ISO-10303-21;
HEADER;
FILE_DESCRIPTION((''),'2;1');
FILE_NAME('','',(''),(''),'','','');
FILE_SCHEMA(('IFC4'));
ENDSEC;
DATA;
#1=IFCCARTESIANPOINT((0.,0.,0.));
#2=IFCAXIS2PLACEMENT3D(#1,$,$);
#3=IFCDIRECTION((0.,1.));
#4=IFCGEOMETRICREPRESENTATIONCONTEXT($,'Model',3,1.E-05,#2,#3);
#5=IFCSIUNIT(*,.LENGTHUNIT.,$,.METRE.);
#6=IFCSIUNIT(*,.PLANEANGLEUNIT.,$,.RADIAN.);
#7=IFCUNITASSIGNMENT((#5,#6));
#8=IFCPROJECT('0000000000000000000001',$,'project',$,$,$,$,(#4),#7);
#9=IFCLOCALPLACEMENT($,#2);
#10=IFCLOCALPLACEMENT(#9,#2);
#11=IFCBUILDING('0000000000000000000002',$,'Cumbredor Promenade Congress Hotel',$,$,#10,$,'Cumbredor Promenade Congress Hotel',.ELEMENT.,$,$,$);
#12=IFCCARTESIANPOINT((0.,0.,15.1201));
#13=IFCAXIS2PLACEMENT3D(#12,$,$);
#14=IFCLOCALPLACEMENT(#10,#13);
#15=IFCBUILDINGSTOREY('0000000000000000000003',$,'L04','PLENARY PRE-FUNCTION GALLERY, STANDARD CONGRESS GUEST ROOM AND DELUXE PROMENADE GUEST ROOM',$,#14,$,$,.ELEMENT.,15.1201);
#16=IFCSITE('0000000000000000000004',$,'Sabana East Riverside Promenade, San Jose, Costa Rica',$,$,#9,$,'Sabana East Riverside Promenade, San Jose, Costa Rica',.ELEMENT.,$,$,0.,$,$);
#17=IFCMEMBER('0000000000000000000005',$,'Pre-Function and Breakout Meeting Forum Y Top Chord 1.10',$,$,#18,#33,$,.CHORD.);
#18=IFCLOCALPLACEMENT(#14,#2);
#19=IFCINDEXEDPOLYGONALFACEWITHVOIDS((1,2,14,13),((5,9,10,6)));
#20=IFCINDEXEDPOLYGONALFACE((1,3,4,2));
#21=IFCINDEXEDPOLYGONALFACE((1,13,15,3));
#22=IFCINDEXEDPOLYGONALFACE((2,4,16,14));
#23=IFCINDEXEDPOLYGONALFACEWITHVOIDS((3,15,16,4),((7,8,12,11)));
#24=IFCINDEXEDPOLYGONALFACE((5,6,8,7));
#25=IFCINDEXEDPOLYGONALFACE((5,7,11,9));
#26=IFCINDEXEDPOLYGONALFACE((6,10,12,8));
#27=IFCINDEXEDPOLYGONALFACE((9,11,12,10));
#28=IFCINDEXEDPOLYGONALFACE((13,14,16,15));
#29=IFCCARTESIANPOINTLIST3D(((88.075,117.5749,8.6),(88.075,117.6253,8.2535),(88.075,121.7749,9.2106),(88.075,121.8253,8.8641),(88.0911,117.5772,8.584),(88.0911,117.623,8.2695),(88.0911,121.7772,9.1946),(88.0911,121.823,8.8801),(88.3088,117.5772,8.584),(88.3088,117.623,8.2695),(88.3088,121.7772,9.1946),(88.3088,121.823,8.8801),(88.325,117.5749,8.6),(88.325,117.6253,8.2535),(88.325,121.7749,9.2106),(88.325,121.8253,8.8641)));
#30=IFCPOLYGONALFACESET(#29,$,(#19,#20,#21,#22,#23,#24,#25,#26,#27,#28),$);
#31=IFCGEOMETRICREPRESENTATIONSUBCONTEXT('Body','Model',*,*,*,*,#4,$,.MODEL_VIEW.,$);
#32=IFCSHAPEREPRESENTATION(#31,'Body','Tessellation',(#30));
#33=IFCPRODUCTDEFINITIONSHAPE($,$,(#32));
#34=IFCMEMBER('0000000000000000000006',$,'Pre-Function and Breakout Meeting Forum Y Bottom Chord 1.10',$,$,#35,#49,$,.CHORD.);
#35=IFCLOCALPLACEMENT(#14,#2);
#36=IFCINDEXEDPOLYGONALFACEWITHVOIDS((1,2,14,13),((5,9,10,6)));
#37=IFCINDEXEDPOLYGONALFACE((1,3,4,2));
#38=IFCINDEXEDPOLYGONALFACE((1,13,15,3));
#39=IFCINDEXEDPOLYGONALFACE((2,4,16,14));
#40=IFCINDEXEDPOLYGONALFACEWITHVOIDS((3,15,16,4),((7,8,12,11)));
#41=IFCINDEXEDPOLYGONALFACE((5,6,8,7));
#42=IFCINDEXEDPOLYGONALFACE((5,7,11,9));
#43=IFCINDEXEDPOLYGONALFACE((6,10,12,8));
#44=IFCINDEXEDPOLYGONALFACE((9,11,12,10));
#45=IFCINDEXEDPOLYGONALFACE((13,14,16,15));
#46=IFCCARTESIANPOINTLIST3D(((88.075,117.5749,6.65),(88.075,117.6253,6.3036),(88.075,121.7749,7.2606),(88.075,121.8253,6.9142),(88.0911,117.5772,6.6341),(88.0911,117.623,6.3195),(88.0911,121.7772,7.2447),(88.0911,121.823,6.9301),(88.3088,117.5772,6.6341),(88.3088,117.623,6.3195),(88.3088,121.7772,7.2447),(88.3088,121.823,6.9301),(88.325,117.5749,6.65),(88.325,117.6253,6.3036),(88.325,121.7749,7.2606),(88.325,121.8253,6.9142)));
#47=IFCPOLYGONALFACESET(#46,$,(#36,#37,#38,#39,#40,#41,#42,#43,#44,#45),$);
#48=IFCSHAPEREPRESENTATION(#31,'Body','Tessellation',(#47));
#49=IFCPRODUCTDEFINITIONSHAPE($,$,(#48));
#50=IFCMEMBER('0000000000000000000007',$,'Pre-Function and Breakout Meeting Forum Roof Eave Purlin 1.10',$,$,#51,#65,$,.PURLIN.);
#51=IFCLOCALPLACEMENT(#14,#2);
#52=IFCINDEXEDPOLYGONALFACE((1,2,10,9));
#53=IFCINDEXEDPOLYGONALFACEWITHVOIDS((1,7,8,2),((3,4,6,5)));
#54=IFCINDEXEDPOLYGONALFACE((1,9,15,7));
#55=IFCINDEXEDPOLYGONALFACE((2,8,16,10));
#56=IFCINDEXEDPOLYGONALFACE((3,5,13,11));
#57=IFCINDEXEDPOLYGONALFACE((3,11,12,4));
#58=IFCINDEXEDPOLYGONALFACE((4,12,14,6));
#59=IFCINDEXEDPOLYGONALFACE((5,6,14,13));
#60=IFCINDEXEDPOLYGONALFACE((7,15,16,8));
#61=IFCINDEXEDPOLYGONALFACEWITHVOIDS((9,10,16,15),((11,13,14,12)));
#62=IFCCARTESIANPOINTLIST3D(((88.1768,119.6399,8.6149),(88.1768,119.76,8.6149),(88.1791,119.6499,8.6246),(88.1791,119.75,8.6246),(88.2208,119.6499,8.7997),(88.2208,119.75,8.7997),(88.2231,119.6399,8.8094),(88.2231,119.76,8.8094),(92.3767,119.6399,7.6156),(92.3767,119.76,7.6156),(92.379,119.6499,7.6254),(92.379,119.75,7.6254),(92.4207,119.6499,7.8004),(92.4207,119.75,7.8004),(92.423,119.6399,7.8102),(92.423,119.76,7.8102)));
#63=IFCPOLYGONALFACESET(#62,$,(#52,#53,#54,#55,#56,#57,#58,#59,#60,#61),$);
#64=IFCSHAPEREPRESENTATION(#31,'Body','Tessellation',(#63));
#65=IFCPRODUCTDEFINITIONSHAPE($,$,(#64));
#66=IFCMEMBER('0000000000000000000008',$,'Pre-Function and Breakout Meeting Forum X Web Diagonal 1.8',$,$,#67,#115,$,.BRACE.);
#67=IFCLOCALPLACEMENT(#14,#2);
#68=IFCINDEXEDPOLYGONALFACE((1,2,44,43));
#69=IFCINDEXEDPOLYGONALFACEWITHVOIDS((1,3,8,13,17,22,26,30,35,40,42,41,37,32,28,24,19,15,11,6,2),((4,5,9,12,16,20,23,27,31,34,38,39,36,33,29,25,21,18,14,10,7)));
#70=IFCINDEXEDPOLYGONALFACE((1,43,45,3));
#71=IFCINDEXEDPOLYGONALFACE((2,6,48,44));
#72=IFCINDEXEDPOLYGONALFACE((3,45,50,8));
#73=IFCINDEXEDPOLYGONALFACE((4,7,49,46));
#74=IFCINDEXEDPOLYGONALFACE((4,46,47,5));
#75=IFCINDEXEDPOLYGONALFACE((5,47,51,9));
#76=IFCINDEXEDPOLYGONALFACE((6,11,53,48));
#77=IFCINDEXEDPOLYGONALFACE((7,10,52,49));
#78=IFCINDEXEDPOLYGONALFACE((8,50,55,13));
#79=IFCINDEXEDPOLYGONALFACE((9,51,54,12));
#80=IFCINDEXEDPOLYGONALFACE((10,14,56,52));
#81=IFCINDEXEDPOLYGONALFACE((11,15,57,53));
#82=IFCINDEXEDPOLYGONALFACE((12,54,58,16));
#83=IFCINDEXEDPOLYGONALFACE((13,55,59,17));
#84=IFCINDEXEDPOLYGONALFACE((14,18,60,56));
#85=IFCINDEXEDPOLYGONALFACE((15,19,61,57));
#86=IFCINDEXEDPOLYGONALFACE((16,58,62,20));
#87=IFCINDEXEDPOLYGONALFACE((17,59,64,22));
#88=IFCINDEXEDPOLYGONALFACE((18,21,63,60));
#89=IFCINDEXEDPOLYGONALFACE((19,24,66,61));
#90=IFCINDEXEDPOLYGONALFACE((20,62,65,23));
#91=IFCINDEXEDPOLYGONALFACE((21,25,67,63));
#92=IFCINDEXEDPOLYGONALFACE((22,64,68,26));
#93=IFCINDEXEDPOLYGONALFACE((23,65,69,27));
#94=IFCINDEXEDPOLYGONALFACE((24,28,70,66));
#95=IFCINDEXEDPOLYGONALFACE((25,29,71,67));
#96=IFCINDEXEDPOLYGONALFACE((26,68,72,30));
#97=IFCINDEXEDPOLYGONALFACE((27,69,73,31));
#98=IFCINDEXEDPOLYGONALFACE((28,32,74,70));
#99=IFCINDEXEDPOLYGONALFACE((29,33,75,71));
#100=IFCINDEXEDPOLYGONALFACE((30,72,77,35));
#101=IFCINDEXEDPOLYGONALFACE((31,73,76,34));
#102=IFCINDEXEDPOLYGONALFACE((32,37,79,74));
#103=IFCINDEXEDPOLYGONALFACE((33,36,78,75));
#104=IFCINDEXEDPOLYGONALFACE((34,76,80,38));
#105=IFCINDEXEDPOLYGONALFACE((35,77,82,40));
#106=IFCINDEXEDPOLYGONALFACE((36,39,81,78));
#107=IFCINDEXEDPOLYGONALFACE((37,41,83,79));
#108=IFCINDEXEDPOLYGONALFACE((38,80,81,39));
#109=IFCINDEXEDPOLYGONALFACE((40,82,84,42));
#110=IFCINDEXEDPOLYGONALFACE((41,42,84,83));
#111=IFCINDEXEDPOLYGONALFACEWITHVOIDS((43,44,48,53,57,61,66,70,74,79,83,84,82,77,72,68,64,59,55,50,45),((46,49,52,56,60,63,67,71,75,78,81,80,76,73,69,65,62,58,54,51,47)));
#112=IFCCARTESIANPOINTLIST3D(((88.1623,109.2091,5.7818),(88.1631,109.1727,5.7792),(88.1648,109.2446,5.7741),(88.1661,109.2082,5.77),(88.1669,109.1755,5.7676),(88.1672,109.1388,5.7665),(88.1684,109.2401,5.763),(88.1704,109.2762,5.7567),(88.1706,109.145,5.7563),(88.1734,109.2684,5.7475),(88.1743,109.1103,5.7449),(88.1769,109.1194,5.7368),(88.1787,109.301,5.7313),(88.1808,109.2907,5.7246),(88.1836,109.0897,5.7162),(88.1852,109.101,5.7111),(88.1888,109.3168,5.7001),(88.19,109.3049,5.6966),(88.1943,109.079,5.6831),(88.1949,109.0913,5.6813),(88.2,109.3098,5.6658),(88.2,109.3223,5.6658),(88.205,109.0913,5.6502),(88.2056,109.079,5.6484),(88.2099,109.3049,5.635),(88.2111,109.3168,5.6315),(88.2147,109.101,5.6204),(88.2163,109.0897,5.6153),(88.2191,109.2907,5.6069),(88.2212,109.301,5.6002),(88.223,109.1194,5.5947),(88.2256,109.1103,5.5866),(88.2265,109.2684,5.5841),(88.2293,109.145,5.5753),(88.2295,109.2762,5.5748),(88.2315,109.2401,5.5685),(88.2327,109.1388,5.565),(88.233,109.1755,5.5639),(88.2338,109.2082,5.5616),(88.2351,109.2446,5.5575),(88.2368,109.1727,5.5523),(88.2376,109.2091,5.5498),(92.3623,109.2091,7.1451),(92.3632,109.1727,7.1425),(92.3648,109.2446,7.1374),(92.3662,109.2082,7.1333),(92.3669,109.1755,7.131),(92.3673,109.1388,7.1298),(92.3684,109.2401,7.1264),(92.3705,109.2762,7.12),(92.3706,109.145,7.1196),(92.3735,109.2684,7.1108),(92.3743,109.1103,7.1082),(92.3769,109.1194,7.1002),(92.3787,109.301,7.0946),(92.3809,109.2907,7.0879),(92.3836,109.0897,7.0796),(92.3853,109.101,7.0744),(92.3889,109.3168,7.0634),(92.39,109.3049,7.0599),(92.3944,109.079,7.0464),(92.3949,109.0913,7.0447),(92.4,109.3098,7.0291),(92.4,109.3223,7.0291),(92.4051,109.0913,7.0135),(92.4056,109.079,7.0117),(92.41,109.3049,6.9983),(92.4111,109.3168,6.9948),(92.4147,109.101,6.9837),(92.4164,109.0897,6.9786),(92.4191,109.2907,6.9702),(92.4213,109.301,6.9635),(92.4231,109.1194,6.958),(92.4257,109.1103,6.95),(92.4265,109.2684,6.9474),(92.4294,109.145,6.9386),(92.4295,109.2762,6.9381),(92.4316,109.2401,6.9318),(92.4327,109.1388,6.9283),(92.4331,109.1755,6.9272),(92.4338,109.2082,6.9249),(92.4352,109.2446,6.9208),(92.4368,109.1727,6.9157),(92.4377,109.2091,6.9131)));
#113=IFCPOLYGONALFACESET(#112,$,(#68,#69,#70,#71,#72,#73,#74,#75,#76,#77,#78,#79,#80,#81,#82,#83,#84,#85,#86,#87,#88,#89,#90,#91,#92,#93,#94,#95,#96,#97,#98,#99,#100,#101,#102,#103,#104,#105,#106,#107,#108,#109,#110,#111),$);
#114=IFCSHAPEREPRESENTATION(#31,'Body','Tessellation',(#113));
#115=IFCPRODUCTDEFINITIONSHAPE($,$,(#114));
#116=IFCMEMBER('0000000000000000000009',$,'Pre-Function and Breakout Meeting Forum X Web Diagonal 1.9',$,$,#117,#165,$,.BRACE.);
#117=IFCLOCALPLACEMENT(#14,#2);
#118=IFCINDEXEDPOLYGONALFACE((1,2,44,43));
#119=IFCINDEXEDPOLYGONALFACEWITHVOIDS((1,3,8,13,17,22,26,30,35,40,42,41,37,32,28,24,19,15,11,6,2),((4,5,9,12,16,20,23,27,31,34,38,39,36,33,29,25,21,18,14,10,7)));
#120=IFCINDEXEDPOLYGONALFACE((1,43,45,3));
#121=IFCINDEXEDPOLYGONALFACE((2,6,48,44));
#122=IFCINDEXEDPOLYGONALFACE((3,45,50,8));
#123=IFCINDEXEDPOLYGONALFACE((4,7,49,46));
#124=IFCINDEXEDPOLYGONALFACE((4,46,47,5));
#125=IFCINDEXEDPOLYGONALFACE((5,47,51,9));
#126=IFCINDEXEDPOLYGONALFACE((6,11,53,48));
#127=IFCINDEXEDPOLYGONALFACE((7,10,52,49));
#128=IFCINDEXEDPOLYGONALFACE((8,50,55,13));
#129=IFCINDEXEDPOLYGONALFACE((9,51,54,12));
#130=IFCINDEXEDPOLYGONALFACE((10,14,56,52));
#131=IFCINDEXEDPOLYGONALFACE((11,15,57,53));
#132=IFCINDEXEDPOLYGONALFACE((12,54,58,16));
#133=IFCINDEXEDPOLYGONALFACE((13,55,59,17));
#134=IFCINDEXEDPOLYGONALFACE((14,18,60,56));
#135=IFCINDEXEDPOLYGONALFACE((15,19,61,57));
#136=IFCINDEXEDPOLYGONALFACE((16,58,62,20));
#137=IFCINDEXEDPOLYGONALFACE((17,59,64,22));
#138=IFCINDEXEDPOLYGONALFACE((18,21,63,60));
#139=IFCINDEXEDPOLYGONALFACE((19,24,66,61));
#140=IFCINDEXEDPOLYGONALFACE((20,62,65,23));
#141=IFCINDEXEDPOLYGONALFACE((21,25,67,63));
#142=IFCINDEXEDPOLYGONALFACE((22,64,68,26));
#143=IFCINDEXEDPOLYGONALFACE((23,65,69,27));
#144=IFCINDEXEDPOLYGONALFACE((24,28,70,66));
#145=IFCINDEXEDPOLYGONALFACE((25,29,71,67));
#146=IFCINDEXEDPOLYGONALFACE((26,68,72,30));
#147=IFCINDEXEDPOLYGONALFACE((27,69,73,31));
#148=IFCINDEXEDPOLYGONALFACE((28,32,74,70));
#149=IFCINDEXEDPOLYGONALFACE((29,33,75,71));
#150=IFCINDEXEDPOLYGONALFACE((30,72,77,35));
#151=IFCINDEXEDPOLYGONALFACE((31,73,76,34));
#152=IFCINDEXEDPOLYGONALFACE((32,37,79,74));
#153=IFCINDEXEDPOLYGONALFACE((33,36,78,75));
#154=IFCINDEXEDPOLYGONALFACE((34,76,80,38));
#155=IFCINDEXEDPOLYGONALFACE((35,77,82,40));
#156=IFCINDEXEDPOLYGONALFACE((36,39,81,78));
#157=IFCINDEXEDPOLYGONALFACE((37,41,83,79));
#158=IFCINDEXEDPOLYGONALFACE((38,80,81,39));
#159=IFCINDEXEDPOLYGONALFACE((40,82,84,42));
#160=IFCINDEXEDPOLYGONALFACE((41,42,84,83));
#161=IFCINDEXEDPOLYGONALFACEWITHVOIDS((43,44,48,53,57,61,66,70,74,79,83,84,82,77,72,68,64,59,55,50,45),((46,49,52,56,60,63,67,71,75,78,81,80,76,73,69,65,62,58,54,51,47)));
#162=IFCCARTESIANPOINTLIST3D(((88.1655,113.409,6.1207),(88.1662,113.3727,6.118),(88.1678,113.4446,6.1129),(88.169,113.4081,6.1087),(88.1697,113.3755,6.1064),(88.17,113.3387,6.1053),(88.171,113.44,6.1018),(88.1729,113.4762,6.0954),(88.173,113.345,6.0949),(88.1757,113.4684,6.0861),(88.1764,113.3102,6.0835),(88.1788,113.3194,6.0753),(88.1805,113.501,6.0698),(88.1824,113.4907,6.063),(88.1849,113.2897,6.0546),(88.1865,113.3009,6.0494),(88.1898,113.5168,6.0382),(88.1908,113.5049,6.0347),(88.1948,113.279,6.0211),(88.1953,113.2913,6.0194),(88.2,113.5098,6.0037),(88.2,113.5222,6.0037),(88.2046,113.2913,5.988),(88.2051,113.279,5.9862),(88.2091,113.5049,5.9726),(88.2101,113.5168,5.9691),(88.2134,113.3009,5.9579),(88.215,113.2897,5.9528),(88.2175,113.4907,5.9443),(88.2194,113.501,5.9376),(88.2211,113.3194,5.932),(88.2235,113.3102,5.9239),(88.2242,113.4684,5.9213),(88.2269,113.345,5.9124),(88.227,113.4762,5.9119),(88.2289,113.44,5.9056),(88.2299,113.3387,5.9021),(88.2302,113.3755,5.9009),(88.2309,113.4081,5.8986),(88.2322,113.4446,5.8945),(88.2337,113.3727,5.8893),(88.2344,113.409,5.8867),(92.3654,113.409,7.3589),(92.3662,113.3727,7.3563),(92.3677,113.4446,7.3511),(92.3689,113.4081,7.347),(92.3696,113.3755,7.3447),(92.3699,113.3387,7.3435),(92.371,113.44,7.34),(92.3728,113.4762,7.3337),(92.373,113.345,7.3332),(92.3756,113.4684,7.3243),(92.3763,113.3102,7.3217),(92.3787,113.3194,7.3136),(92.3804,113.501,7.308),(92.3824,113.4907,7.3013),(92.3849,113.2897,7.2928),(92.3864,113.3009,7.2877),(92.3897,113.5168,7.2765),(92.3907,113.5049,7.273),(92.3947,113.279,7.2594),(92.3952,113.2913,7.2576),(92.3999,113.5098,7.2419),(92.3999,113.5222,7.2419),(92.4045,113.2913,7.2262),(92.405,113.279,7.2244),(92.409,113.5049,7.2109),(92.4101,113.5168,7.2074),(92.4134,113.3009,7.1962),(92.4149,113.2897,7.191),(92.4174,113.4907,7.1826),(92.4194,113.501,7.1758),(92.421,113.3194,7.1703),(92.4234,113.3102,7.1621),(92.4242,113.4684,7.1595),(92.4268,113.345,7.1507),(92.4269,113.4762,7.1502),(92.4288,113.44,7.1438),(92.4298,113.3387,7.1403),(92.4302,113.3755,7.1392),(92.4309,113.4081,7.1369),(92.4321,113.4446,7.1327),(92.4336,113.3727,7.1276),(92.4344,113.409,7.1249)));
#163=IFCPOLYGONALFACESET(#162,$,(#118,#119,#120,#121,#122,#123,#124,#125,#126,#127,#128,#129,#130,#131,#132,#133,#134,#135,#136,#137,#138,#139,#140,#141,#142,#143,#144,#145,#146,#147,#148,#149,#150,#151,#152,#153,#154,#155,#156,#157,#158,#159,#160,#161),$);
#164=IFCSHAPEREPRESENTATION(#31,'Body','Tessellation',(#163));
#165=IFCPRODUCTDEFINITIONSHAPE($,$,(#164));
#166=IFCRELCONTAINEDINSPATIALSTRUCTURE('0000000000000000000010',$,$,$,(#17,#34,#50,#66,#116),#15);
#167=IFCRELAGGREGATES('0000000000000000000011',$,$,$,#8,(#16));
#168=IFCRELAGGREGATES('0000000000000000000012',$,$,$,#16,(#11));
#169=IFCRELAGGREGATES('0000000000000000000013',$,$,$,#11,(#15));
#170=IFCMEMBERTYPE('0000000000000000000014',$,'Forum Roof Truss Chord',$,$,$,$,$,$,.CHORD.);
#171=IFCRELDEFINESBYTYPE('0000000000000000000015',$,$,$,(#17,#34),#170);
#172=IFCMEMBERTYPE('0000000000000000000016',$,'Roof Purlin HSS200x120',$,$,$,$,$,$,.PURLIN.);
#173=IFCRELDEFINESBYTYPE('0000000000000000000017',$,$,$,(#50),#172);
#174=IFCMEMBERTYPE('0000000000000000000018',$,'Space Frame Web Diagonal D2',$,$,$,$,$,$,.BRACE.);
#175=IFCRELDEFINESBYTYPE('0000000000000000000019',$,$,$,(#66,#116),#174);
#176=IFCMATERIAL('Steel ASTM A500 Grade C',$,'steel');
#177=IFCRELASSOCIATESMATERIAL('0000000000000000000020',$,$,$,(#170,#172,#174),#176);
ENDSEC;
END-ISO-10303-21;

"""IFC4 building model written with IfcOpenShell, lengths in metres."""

from ifc_helpers import new_model, si_unit, direction, frame, origin, origin_2d, place, context, subcontext, project, spatial, hollow_rectangle, hollow_circle, extrude, material, material_profile, profile_set, type_object, element, save


model = new_model("IFC4")

# Units and contexts
model_context = context("Model", 3, precision=1e-05, world=origin(), true_north=direction((0.0, 1.0)))
body_context = subcontext(model_context, "Body", "Model", "MODEL_VIEW")
ifc_project = project(units=[si_unit("LENGTHUNIT", "METRE"), si_unit("PLANEANGLEUNIT", "RADIAN")], contexts=[model_context])

# Site, building, storey
site_placement = place(None, origin())
site = spatial("IfcSite", under=ifc_project, at=site_placement, Name="Sabana East Riverside Promenade, San Jose, Costa Rica", LongName="Sabana East Riverside Promenade, San Jose, Costa Rica", CompositionType="ELEMENT", RefElevation=0.0)
building_placement = place(site_placement, origin())
building = spatial("IfcBuilding", under=site, at=building_placement, Name="Cumbredor Promenade Congress Hotel", LongName="Cumbredor Promenade Congress Hotel", CompositionType="ELEMENT")
storey_placement = place(building_placement, frame((0.0, 0.0, 15.1201)))
storey = spatial("IfcBuildingStorey", under=building, at=storey_placement, Name="L04", Description="PLENARY PRE-FUNCTION GALLERY, STANDARD CONGRESS GUEST ROOM AND DELUXE PROMENADE GUEST ROOM", CompositionType="ELEMENT", Elevation=15.1201)

# Members
ifc_material_1 = material(Name="Steel ASTM A500 Grade C", Category="steel")
ifc_material_profile_1 = material_profile(ifc_material_1, hollow_rectangle(XDim=0.25, YDim=0.3501, WallThickness=0.0161, at=origin_2d()), Name="HSS 350x250x16")
ifc_profile_set_1 = profile_set([ifc_material_profile_1], Name="Steel ASTM A500 Grade C")
member_type_1 = type_object("IfcMemberType", Name="Forum Roof Truss Chord", PredefinedType="CHORD", material=ifc_profile_set_1)
for number, where, z_axis, x_axis, name in (
    (1, (88.2, 117.6001, 8.4268), (0.0, 0.989597, 0.143869), (-1.0, 0.0, 0.0), "Pre-Function and Breakout Meeting Forum Y Top Chord 1.10"),
    (2, (88.2, 117.6001, 6.4768), (0.0, 0.989597, 0.143869), (-1.0, 0.0, 0.0), "Pre-Function and Breakout Meeting Forum Y Bottom Chord 1.10"),
):
    element("IfcMember", number, at=place(storey_placement, frame(where, z_axis=z_axis, x_axis=x_axis)), inside=storey, type_object=member_type_1, Name=name, PredefinedType="CHORD", context=body_context, shape_type="SweptSolid", body=[
        extrude(hollow_rectangle(XDim=0.25, YDim=0.3501, WallThickness=0.0161, at=origin_2d()), origin(), (0.0, 0.0, 1.0), 4.2441),
    ])
ifc_material_profile_2 = material_profile(ifc_material_1, hollow_rectangle(XDim=0.1201, YDim=0.2, WallThickness=0.01, at=origin_2d()), Name="HSS 200x120x10")
ifc_profile_set_2 = profile_set([ifc_material_profile_2], Name="Steel ASTM A500 Grade C")
member_type_2 = type_object("IfcMemberType", Name="Roof Purlin HSS200x120", PredefinedType="PURLIN", material=ifc_profile_set_2)
member_1_placement = place(storey_placement, frame((88.2, 119.7, 8.7122), z_axis=(0.972844, 0.0, -0.231463), x_axis=(0.0, 1.0, 0.0)))
element("IfcMember", 3, at=member_1_placement, inside=storey, type_object=member_type_2, Name="Pre-Function and Breakout Meeting Forum Roof Eave Purlin 1.10", PredefinedType="PURLIN", context=body_context, shape_type="SweptSolid", body=[
    extrude(hollow_rectangle(XDim=0.1201, YDim=0.2, WallThickness=0.01, at=origin_2d()), origin(), (0.0, 0.0, 1.0), 4.3171),
])
ifc_material_profile_3 = material_profile(ifc_material_1, hollow_circle(Radius=0.1223, WallThickness=0.0125, at=origin_2d()), Name="CHS 244.5x12.5")
ifc_profile_set_3 = profile_set([ifc_material_profile_3], Name="Steel ASTM A500 Grade C")
member_type_3 = type_object("IfcMemberType", Name="Space Frame Web Diagonal D2", PredefinedType="BRACE", material=ifc_profile_set_3)
member_2_placement = place(storey_placement, frame((88.2, 109.2, 5.6658), z_axis=(0.951147, 0.0, 0.308737), x_axis=(0.0, 1.0, 0.0)))
element("IfcMember", 4, at=member_2_placement, inside=storey, type_object=member_type_3, Name="Pre-Function and Breakout Meeting Forum X Web Diagonal 1.8", PredefinedType="BRACE", context=body_context, shape_type="SweptSolid", body=[
    extrude(hollow_circle(Radius=0.1223, WallThickness=0.0125, at=origin_2d()), origin(), (0.0, 0.0, 1.0), 4.4158),
])
member_3_placement = place(storey_placement, frame((88.2, 113.3999, 6.0037), z_axis=(0.95918, 0.0, 0.282797), x_axis=(0.0, 1.0, 0.0)))
element("IfcMember", 5, at=member_3_placement, inside=storey, type_object=member_type_3, Name="Pre-Function and Breakout Meeting Forum X Web Diagonal 1.9", PredefinedType="BRACE", context=body_context, shape_type="SweptSolid", body=[
    extrude(hollow_circle(Radius=0.1223, WallThickness=0.0125, at=origin_2d()), origin(), (0.0, 0.0, 1.0), 4.3787),
])

save(model, "model.ifc")
